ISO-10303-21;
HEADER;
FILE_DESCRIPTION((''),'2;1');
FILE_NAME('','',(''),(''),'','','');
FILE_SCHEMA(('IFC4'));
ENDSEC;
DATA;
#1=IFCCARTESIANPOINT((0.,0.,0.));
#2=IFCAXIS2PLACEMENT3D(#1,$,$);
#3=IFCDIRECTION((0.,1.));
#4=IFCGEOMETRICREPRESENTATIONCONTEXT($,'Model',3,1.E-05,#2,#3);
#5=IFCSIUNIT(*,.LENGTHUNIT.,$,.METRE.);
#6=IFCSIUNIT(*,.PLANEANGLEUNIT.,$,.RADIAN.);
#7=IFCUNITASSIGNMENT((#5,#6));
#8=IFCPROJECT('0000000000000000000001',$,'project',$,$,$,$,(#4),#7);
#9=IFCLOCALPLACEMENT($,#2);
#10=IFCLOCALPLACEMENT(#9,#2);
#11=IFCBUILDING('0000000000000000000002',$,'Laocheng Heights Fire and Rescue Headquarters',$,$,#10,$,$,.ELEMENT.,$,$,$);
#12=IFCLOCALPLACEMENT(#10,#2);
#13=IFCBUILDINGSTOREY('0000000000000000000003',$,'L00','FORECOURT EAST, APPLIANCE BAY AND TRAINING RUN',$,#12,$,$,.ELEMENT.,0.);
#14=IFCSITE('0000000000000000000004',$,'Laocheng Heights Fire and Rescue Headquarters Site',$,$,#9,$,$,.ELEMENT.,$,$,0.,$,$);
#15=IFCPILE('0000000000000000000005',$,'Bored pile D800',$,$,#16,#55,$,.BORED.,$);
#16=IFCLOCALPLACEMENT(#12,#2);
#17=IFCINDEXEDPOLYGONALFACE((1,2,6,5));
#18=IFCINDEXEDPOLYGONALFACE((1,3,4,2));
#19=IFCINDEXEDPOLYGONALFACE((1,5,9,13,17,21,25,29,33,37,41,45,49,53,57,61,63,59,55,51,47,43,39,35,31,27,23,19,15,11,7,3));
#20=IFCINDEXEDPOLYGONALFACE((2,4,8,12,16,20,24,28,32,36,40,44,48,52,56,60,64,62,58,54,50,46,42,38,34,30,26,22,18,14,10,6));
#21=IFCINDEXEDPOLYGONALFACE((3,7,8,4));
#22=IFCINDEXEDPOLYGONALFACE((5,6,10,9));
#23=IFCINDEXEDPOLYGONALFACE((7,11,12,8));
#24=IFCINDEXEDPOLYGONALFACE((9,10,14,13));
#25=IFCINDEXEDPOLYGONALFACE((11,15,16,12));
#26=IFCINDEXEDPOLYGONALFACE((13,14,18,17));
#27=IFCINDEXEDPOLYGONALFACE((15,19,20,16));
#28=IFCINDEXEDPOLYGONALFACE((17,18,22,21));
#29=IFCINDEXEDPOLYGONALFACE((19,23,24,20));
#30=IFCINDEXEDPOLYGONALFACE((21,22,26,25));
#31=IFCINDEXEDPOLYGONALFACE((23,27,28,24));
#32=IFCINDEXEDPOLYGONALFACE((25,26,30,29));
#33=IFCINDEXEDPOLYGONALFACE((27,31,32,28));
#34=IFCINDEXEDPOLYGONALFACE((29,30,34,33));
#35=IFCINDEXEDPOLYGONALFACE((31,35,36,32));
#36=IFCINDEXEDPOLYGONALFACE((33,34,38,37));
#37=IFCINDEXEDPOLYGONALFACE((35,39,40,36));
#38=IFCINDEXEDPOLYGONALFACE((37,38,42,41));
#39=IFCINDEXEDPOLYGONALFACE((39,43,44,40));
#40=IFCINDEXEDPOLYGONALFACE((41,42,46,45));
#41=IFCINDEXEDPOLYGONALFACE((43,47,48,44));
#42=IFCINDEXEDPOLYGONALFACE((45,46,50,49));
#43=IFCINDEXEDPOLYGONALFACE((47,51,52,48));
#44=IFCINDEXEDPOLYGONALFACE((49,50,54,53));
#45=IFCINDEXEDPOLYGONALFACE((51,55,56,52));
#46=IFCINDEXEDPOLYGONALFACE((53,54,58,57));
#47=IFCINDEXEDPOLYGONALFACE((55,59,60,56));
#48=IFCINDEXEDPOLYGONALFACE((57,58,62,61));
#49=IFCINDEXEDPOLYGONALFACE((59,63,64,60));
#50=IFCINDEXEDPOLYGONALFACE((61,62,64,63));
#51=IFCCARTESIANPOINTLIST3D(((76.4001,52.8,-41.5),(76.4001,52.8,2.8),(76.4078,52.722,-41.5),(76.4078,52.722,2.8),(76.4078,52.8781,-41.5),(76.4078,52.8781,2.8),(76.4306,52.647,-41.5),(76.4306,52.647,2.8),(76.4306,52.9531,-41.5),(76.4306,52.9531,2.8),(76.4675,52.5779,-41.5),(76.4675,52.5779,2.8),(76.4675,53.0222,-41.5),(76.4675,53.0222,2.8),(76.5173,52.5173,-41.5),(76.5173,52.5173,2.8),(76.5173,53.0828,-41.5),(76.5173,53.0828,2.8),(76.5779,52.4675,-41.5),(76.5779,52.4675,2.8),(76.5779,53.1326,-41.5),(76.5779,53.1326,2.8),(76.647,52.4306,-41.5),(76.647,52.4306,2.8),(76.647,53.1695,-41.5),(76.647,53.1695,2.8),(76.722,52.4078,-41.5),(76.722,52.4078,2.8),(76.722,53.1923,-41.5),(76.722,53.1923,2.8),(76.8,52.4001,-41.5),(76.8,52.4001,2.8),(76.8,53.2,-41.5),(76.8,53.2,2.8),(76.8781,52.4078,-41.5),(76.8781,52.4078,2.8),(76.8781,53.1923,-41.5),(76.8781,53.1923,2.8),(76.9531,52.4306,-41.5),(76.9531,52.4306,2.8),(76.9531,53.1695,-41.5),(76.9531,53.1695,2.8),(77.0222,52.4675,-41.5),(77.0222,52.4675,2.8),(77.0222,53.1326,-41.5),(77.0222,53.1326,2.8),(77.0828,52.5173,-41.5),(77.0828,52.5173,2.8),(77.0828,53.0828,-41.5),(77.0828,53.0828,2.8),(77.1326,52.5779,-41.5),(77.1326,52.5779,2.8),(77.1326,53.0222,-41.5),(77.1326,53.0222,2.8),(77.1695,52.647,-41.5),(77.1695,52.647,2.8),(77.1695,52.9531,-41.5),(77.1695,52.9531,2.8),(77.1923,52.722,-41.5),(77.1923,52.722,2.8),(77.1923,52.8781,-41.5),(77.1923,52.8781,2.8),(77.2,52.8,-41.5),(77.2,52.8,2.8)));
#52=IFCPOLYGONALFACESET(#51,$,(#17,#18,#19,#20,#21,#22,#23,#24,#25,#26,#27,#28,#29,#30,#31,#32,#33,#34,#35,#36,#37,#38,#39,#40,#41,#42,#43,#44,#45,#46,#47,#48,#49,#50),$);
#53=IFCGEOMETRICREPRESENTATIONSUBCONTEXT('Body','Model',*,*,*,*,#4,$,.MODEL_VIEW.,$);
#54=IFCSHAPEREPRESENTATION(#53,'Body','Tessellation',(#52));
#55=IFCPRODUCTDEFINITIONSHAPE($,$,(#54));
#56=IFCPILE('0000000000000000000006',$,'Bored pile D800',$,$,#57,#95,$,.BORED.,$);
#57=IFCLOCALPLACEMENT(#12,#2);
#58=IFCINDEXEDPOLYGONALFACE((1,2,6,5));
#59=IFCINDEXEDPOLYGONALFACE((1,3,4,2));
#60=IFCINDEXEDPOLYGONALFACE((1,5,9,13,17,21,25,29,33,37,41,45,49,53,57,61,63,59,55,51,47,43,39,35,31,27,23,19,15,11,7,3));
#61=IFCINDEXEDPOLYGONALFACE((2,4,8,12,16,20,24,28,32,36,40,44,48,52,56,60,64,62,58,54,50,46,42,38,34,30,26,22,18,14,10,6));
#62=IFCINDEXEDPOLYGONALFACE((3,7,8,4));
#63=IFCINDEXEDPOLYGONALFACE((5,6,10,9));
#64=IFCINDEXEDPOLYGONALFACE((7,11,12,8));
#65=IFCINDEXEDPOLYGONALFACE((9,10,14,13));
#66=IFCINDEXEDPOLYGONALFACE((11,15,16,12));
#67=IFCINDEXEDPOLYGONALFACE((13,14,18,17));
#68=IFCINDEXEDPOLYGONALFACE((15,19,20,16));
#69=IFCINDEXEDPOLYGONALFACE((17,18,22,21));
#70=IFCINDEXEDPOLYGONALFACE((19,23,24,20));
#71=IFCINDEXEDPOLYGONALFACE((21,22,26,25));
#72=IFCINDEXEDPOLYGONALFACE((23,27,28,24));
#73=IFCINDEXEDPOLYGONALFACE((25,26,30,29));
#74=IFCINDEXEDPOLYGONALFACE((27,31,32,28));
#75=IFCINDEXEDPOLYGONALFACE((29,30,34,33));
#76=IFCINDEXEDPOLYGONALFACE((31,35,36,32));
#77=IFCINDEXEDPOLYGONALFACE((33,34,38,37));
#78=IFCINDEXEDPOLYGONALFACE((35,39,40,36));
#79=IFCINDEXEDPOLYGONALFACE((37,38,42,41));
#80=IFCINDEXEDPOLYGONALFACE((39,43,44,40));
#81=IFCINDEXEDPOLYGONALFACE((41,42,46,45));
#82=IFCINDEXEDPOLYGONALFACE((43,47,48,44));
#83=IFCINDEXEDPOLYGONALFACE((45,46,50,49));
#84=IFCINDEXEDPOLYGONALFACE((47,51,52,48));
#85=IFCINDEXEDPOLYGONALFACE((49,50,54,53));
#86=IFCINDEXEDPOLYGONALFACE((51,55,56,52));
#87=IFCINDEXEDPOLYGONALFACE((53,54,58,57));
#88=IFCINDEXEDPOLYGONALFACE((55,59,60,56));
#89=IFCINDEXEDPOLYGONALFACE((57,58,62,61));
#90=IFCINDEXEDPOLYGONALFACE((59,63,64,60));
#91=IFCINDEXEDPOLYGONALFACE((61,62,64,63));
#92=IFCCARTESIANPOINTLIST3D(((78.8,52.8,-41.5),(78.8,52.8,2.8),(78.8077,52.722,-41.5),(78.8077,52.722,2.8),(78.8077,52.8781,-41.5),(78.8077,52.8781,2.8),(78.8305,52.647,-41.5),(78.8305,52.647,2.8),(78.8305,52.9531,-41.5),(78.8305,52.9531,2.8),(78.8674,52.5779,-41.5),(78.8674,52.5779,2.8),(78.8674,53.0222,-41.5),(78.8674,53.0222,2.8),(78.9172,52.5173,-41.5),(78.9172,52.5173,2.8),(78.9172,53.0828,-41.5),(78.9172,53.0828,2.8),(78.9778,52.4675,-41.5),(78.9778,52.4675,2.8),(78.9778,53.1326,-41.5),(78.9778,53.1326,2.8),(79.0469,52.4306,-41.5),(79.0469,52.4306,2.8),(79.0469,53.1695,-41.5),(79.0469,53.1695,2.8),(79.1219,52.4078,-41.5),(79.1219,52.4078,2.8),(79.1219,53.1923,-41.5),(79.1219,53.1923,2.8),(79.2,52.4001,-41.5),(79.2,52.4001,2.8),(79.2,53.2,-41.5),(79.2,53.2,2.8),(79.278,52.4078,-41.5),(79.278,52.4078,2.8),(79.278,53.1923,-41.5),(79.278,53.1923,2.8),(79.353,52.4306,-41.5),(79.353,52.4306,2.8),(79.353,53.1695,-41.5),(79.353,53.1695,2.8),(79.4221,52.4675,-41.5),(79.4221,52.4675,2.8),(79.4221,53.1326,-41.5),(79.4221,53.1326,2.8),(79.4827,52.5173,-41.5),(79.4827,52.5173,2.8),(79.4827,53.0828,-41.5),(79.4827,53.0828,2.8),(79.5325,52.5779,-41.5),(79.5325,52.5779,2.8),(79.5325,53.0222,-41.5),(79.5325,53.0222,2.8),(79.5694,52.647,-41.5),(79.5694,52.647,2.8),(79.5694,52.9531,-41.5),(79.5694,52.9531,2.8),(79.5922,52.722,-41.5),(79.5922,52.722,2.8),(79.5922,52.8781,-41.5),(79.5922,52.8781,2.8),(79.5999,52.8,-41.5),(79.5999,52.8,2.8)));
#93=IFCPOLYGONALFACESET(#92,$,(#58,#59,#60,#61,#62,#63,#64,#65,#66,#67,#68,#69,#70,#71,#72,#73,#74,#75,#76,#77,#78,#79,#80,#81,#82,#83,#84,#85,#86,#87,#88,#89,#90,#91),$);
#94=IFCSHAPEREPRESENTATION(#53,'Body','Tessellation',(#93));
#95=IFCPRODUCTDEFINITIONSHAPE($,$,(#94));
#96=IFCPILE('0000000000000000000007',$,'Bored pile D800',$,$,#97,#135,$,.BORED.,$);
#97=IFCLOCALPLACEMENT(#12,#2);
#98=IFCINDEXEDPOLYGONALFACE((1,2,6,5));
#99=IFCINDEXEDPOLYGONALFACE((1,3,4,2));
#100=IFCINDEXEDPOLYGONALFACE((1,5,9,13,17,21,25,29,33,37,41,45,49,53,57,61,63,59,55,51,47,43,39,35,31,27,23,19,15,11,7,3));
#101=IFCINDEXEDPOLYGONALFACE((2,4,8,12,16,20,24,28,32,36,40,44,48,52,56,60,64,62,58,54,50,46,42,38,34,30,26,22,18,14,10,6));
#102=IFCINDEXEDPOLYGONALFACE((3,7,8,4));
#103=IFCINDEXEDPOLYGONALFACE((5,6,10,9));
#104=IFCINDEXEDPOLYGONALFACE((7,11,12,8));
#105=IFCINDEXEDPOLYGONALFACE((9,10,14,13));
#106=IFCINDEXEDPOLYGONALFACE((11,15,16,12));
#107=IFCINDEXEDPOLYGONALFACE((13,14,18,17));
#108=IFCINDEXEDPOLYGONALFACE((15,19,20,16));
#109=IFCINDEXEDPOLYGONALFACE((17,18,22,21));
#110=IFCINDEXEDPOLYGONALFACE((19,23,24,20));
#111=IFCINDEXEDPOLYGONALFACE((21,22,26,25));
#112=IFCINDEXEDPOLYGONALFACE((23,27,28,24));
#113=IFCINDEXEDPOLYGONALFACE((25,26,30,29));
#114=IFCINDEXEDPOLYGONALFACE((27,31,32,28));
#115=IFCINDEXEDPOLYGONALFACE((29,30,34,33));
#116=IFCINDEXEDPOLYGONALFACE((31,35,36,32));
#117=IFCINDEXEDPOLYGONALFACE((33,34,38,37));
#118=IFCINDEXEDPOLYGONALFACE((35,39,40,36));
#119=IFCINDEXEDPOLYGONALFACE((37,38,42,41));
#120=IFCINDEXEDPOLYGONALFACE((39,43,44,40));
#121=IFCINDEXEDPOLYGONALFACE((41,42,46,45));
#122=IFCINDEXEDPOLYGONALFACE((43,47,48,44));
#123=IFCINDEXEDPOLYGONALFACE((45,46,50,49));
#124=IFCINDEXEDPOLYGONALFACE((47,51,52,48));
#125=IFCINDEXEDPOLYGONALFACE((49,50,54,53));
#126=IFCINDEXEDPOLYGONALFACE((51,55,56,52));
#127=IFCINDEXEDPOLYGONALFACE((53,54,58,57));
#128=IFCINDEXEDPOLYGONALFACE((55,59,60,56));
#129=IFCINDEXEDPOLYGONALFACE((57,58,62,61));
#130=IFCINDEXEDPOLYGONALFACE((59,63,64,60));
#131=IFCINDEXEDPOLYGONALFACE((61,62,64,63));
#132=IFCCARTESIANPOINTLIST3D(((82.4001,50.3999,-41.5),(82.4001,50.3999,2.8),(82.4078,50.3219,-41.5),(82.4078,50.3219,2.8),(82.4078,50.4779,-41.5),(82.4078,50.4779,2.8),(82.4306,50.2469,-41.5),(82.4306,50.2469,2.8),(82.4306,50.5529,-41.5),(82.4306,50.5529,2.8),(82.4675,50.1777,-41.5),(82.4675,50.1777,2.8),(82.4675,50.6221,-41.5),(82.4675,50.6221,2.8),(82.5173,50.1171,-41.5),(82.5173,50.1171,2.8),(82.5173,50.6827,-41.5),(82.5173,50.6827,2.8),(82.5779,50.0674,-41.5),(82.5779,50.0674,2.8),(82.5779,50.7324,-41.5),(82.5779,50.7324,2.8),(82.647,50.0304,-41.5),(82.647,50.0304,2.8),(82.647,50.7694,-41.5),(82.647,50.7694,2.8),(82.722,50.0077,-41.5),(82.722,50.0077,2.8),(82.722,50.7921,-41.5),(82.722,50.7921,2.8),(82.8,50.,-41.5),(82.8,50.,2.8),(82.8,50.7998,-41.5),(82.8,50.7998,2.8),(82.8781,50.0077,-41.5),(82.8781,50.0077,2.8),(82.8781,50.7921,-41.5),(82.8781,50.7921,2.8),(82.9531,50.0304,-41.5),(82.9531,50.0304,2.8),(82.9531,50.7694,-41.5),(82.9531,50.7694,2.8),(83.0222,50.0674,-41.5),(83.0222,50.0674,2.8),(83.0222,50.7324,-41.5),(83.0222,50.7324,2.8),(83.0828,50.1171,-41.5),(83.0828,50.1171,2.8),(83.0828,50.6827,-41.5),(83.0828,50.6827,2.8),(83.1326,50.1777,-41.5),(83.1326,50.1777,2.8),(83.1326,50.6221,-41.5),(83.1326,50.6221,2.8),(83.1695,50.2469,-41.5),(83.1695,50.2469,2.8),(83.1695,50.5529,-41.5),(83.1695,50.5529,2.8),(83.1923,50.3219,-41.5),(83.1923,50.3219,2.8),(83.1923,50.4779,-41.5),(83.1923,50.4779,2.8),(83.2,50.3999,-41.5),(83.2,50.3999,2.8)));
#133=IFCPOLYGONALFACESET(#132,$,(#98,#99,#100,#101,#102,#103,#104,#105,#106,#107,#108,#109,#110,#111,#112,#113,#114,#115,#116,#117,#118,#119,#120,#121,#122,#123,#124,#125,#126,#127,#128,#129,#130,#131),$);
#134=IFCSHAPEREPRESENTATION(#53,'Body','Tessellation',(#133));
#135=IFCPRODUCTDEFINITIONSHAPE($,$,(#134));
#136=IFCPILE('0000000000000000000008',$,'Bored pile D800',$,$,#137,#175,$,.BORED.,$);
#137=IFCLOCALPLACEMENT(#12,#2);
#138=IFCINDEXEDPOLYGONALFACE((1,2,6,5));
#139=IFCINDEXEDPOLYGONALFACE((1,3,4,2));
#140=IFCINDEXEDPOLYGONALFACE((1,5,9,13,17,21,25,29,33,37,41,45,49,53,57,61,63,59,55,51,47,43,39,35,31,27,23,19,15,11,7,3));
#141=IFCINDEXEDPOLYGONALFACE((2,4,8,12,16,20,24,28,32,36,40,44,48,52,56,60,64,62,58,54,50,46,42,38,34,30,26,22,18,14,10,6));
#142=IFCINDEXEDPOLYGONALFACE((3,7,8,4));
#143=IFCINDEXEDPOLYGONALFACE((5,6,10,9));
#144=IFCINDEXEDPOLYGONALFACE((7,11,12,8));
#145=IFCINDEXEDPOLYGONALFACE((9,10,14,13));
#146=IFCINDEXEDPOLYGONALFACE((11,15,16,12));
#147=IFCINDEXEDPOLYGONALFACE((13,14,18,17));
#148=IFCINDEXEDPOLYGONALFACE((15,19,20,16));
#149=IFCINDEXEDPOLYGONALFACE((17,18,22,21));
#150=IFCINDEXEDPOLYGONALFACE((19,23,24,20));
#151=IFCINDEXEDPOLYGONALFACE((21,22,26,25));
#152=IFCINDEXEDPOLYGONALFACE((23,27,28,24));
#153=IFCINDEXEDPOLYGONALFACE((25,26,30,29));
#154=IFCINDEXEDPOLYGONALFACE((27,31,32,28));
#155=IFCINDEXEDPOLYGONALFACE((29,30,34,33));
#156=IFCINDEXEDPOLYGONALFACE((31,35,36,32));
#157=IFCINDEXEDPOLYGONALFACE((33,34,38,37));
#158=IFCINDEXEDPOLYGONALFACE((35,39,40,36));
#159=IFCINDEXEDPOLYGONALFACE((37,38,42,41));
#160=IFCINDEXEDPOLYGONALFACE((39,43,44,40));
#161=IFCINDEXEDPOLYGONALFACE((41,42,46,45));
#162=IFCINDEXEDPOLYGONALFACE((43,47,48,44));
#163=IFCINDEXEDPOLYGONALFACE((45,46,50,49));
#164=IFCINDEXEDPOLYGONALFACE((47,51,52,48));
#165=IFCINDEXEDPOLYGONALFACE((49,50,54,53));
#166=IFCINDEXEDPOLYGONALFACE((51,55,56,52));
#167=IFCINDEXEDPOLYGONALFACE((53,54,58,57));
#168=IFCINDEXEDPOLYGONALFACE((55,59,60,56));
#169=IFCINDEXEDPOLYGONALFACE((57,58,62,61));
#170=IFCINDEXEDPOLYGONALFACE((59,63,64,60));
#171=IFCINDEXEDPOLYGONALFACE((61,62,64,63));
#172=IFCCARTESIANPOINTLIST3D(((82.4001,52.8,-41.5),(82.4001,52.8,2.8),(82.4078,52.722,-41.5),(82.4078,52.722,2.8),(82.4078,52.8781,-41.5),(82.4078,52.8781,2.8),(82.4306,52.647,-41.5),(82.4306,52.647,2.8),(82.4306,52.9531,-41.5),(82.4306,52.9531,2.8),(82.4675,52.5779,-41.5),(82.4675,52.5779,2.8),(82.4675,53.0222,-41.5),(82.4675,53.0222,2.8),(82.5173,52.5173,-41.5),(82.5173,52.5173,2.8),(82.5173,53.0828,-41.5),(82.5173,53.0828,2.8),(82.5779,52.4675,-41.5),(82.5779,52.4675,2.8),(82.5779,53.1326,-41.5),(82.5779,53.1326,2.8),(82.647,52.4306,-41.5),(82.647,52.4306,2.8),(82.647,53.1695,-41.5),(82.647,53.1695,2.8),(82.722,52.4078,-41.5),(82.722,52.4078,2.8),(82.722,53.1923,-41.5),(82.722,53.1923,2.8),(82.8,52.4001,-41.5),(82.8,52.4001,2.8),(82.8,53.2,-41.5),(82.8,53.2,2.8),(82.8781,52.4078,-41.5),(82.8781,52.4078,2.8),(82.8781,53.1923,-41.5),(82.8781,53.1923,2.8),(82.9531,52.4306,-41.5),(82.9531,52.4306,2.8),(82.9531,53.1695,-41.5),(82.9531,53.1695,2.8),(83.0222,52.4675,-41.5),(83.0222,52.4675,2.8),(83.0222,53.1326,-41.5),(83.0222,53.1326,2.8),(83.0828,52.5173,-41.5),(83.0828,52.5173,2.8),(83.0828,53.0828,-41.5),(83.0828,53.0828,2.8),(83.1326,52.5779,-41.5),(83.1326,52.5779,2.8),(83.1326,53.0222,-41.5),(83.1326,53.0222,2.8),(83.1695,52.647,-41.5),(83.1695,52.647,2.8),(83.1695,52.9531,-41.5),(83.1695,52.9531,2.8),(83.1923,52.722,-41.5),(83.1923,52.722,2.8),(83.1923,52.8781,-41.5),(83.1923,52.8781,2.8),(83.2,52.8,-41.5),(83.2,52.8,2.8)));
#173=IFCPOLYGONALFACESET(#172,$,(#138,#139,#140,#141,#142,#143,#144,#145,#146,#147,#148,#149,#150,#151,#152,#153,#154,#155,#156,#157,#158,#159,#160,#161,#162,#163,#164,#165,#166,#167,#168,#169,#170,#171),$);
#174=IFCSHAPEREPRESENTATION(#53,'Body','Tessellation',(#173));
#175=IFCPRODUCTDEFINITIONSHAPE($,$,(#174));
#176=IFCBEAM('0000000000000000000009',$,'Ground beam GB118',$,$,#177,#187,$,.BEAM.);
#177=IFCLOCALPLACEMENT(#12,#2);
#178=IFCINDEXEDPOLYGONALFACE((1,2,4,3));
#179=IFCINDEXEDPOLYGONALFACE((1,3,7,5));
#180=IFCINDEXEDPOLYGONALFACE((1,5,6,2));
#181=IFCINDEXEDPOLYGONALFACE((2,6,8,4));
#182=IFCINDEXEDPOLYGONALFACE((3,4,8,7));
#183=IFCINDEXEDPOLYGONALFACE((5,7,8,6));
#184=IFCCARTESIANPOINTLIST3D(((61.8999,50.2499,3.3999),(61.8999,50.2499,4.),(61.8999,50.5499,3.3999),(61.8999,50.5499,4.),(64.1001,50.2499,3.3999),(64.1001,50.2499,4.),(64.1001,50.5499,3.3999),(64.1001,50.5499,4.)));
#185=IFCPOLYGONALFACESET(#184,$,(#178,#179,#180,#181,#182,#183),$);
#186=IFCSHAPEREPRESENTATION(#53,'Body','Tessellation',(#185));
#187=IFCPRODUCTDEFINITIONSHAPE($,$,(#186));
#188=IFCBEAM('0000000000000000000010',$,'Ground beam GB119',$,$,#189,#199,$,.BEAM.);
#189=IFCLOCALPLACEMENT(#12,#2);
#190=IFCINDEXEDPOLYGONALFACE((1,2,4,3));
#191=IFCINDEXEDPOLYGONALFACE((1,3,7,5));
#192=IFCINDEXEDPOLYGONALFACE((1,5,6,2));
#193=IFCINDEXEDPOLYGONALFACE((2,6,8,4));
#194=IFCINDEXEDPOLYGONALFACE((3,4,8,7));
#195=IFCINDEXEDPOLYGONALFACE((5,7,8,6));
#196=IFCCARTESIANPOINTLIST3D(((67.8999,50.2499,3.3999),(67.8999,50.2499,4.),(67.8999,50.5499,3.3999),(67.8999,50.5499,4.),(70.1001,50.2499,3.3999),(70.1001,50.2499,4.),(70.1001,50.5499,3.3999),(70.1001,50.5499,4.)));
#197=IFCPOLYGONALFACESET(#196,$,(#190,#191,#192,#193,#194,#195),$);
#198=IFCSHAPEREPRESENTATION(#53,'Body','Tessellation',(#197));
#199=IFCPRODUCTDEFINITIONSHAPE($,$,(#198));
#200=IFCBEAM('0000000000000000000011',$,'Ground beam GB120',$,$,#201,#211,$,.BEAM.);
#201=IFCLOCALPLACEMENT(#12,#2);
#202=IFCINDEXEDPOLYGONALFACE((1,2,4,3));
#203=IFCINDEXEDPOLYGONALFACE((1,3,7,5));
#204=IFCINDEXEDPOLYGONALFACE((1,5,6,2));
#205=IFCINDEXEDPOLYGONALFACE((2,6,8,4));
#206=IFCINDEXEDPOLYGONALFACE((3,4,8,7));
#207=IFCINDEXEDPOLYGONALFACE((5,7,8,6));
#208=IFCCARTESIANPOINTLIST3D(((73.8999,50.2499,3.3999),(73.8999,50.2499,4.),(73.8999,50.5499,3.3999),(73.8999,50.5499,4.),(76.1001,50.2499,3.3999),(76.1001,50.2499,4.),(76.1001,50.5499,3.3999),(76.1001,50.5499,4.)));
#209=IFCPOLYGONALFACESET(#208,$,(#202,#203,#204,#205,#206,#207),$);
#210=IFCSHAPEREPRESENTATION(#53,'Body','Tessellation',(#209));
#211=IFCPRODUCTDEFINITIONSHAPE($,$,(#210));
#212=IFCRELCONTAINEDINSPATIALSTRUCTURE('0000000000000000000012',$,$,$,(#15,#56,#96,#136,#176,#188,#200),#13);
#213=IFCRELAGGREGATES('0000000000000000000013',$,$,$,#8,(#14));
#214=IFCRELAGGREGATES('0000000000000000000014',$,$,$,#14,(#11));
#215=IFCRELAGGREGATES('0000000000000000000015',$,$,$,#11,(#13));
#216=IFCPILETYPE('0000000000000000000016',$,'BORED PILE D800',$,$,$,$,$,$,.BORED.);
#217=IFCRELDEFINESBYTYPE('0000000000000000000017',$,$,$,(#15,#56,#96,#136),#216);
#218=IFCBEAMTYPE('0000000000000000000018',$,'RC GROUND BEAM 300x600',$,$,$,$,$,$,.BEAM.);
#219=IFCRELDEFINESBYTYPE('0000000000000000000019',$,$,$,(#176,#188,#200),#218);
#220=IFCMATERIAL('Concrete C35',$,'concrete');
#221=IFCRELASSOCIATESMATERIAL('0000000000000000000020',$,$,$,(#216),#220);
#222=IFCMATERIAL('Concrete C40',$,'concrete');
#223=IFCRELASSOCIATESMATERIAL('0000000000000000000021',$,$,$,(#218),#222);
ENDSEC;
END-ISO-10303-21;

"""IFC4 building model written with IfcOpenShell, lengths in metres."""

from ifc_helpers import new_model, si_unit, direction, frame, origin, origin_2d, place, context, subcontext, project, spatial, rectangle, circle, extrude, material, material_profile, profile_set, type_object, element, save


model = new_model("IFC4")

# Units and contexts
model_context = context("Model", 3, precision=1e-05, world=origin(), true_north=direction((0.0, 1.0)))
body_context = subcontext(model_context, "Body", "Model", "MODEL_VIEW")
ifc_project = project(units=[si_unit("LENGTHUNIT", "METRE"), si_unit("PLANEANGLEUNIT", "RADIAN")], contexts=[model_context])

# Site, building, storey
site_placement = place(None, origin())
site = spatial("IfcSite", under=ifc_project, at=site_placement, Name="Laocheng Heights Fire and Rescue Headquarters Site", CompositionType="ELEMENT", RefElevation=0.0)
building_placement = place(site_placement, origin())
building = spatial("IfcBuilding", under=site, at=building_placement, Name="Laocheng Heights Fire and Rescue Headquarters", CompositionType="ELEMENT")
storey_placement = place(building_placement, origin())
storey = spatial("IfcBuildingStorey", under=building, at=storey_placement, Name="L00", Description="FORECOURT EAST, APPLIANCE BAY AND TRAINING RUN", CompositionType="ELEMENT", Elevation=0.0)

# Piles
ifc_material_1 = material(Name="Concrete C35", Category="concrete")
ifc_material_profile_1 = material_profile(ifc_material_1, circle(Radius=0.3999, at=origin_2d()), Name="BORED PILE D800")
ifc_profile_set_1 = profile_set([ifc_material_profile_1], Name="Concrete C35")
pile_type = type_object("IfcPileType", Name="BORED PILE D800", PredefinedType="BORED", material=ifc_profile_set_1)
for number, where, z_axis, x_axis, name in (
    (1, (76.8, 52.8, 2.8), (0.0, 0.0, -1.0), (1.0, 0.0, 0.0), "Bored pile D800"),
    (2, (79.2, 52.8, 2.8), (0.0, 0.0, -1.0), (1.0, 0.0, 0.0), "Bored pile D800"),
    (3, (82.8, 50.3999, 2.8), (0.0, 0.0, -1.0), (1.0, 0.0, 0.0), "Bored pile D800"),
    (4, (82.8, 52.8, 2.8), (0.0, 0.0, -1.0), (1.0, 0.0, 0.0), "Bored pile D800"),
):
    element("IfcPile", number, at=place(storey_placement, frame(where, z_axis=z_axis, x_axis=x_axis)), inside=storey, type_object=pile_type, Name=name, PredefinedType="BORED", context=body_context, shape_type="SweptSolid", body=[
        extrude(circle(Radius=0.3999, at=origin_2d()), origin(), (0.0, 0.0, 1.0), 44.3),
    ])

# Beams
ifc_material_2 = material(Name="Concrete C40", Category="concrete")
ifc_material_profile_2 = material_profile(ifc_material_2, rectangle(XDim=0.3, YDim=0.6001, at=origin_2d()), Name="RC GROUND BEAM 300x600")
ifc_profile_set_2 = profile_set([ifc_material_profile_2], Name="Concrete C40")
beam_type = type_object("IfcBeamType", Name="RC GROUND BEAM 300x600", PredefinedType="BEAM", material=ifc_profile_set_2)
for number, where, z_axis, x_axis, name in (
    (5, (61.8999, 50.3999, 3.7), (1.0, 0.0, 0.0), (0.0, 1.0, 0.0), "Ground beam GB118"),
    (6, (67.8999, 50.3999, 3.7), (1.0, 0.0, 0.0), (0.0, 1.0, 0.0), "Ground beam GB119"),
    (7, (73.8999, 50.3999, 3.7), (1.0, 0.0, 0.0), (0.0, 1.0, 0.0), "Ground beam GB120"),
):
    element("IfcBeam", number, at=place(storey_placement, frame(where, z_axis=z_axis, x_axis=x_axis)), inside=storey, type_object=beam_type, Name=name, PredefinedType="BEAM", context=body_context, shape_type="SweptSolid", body=[
        extrude(rectangle(XDim=0.3, YDim=0.6001, at=origin_2d()), origin(), (0.0, 0.0, 1.0), 2.2002),
    ])

save(model, "model.ifc")
